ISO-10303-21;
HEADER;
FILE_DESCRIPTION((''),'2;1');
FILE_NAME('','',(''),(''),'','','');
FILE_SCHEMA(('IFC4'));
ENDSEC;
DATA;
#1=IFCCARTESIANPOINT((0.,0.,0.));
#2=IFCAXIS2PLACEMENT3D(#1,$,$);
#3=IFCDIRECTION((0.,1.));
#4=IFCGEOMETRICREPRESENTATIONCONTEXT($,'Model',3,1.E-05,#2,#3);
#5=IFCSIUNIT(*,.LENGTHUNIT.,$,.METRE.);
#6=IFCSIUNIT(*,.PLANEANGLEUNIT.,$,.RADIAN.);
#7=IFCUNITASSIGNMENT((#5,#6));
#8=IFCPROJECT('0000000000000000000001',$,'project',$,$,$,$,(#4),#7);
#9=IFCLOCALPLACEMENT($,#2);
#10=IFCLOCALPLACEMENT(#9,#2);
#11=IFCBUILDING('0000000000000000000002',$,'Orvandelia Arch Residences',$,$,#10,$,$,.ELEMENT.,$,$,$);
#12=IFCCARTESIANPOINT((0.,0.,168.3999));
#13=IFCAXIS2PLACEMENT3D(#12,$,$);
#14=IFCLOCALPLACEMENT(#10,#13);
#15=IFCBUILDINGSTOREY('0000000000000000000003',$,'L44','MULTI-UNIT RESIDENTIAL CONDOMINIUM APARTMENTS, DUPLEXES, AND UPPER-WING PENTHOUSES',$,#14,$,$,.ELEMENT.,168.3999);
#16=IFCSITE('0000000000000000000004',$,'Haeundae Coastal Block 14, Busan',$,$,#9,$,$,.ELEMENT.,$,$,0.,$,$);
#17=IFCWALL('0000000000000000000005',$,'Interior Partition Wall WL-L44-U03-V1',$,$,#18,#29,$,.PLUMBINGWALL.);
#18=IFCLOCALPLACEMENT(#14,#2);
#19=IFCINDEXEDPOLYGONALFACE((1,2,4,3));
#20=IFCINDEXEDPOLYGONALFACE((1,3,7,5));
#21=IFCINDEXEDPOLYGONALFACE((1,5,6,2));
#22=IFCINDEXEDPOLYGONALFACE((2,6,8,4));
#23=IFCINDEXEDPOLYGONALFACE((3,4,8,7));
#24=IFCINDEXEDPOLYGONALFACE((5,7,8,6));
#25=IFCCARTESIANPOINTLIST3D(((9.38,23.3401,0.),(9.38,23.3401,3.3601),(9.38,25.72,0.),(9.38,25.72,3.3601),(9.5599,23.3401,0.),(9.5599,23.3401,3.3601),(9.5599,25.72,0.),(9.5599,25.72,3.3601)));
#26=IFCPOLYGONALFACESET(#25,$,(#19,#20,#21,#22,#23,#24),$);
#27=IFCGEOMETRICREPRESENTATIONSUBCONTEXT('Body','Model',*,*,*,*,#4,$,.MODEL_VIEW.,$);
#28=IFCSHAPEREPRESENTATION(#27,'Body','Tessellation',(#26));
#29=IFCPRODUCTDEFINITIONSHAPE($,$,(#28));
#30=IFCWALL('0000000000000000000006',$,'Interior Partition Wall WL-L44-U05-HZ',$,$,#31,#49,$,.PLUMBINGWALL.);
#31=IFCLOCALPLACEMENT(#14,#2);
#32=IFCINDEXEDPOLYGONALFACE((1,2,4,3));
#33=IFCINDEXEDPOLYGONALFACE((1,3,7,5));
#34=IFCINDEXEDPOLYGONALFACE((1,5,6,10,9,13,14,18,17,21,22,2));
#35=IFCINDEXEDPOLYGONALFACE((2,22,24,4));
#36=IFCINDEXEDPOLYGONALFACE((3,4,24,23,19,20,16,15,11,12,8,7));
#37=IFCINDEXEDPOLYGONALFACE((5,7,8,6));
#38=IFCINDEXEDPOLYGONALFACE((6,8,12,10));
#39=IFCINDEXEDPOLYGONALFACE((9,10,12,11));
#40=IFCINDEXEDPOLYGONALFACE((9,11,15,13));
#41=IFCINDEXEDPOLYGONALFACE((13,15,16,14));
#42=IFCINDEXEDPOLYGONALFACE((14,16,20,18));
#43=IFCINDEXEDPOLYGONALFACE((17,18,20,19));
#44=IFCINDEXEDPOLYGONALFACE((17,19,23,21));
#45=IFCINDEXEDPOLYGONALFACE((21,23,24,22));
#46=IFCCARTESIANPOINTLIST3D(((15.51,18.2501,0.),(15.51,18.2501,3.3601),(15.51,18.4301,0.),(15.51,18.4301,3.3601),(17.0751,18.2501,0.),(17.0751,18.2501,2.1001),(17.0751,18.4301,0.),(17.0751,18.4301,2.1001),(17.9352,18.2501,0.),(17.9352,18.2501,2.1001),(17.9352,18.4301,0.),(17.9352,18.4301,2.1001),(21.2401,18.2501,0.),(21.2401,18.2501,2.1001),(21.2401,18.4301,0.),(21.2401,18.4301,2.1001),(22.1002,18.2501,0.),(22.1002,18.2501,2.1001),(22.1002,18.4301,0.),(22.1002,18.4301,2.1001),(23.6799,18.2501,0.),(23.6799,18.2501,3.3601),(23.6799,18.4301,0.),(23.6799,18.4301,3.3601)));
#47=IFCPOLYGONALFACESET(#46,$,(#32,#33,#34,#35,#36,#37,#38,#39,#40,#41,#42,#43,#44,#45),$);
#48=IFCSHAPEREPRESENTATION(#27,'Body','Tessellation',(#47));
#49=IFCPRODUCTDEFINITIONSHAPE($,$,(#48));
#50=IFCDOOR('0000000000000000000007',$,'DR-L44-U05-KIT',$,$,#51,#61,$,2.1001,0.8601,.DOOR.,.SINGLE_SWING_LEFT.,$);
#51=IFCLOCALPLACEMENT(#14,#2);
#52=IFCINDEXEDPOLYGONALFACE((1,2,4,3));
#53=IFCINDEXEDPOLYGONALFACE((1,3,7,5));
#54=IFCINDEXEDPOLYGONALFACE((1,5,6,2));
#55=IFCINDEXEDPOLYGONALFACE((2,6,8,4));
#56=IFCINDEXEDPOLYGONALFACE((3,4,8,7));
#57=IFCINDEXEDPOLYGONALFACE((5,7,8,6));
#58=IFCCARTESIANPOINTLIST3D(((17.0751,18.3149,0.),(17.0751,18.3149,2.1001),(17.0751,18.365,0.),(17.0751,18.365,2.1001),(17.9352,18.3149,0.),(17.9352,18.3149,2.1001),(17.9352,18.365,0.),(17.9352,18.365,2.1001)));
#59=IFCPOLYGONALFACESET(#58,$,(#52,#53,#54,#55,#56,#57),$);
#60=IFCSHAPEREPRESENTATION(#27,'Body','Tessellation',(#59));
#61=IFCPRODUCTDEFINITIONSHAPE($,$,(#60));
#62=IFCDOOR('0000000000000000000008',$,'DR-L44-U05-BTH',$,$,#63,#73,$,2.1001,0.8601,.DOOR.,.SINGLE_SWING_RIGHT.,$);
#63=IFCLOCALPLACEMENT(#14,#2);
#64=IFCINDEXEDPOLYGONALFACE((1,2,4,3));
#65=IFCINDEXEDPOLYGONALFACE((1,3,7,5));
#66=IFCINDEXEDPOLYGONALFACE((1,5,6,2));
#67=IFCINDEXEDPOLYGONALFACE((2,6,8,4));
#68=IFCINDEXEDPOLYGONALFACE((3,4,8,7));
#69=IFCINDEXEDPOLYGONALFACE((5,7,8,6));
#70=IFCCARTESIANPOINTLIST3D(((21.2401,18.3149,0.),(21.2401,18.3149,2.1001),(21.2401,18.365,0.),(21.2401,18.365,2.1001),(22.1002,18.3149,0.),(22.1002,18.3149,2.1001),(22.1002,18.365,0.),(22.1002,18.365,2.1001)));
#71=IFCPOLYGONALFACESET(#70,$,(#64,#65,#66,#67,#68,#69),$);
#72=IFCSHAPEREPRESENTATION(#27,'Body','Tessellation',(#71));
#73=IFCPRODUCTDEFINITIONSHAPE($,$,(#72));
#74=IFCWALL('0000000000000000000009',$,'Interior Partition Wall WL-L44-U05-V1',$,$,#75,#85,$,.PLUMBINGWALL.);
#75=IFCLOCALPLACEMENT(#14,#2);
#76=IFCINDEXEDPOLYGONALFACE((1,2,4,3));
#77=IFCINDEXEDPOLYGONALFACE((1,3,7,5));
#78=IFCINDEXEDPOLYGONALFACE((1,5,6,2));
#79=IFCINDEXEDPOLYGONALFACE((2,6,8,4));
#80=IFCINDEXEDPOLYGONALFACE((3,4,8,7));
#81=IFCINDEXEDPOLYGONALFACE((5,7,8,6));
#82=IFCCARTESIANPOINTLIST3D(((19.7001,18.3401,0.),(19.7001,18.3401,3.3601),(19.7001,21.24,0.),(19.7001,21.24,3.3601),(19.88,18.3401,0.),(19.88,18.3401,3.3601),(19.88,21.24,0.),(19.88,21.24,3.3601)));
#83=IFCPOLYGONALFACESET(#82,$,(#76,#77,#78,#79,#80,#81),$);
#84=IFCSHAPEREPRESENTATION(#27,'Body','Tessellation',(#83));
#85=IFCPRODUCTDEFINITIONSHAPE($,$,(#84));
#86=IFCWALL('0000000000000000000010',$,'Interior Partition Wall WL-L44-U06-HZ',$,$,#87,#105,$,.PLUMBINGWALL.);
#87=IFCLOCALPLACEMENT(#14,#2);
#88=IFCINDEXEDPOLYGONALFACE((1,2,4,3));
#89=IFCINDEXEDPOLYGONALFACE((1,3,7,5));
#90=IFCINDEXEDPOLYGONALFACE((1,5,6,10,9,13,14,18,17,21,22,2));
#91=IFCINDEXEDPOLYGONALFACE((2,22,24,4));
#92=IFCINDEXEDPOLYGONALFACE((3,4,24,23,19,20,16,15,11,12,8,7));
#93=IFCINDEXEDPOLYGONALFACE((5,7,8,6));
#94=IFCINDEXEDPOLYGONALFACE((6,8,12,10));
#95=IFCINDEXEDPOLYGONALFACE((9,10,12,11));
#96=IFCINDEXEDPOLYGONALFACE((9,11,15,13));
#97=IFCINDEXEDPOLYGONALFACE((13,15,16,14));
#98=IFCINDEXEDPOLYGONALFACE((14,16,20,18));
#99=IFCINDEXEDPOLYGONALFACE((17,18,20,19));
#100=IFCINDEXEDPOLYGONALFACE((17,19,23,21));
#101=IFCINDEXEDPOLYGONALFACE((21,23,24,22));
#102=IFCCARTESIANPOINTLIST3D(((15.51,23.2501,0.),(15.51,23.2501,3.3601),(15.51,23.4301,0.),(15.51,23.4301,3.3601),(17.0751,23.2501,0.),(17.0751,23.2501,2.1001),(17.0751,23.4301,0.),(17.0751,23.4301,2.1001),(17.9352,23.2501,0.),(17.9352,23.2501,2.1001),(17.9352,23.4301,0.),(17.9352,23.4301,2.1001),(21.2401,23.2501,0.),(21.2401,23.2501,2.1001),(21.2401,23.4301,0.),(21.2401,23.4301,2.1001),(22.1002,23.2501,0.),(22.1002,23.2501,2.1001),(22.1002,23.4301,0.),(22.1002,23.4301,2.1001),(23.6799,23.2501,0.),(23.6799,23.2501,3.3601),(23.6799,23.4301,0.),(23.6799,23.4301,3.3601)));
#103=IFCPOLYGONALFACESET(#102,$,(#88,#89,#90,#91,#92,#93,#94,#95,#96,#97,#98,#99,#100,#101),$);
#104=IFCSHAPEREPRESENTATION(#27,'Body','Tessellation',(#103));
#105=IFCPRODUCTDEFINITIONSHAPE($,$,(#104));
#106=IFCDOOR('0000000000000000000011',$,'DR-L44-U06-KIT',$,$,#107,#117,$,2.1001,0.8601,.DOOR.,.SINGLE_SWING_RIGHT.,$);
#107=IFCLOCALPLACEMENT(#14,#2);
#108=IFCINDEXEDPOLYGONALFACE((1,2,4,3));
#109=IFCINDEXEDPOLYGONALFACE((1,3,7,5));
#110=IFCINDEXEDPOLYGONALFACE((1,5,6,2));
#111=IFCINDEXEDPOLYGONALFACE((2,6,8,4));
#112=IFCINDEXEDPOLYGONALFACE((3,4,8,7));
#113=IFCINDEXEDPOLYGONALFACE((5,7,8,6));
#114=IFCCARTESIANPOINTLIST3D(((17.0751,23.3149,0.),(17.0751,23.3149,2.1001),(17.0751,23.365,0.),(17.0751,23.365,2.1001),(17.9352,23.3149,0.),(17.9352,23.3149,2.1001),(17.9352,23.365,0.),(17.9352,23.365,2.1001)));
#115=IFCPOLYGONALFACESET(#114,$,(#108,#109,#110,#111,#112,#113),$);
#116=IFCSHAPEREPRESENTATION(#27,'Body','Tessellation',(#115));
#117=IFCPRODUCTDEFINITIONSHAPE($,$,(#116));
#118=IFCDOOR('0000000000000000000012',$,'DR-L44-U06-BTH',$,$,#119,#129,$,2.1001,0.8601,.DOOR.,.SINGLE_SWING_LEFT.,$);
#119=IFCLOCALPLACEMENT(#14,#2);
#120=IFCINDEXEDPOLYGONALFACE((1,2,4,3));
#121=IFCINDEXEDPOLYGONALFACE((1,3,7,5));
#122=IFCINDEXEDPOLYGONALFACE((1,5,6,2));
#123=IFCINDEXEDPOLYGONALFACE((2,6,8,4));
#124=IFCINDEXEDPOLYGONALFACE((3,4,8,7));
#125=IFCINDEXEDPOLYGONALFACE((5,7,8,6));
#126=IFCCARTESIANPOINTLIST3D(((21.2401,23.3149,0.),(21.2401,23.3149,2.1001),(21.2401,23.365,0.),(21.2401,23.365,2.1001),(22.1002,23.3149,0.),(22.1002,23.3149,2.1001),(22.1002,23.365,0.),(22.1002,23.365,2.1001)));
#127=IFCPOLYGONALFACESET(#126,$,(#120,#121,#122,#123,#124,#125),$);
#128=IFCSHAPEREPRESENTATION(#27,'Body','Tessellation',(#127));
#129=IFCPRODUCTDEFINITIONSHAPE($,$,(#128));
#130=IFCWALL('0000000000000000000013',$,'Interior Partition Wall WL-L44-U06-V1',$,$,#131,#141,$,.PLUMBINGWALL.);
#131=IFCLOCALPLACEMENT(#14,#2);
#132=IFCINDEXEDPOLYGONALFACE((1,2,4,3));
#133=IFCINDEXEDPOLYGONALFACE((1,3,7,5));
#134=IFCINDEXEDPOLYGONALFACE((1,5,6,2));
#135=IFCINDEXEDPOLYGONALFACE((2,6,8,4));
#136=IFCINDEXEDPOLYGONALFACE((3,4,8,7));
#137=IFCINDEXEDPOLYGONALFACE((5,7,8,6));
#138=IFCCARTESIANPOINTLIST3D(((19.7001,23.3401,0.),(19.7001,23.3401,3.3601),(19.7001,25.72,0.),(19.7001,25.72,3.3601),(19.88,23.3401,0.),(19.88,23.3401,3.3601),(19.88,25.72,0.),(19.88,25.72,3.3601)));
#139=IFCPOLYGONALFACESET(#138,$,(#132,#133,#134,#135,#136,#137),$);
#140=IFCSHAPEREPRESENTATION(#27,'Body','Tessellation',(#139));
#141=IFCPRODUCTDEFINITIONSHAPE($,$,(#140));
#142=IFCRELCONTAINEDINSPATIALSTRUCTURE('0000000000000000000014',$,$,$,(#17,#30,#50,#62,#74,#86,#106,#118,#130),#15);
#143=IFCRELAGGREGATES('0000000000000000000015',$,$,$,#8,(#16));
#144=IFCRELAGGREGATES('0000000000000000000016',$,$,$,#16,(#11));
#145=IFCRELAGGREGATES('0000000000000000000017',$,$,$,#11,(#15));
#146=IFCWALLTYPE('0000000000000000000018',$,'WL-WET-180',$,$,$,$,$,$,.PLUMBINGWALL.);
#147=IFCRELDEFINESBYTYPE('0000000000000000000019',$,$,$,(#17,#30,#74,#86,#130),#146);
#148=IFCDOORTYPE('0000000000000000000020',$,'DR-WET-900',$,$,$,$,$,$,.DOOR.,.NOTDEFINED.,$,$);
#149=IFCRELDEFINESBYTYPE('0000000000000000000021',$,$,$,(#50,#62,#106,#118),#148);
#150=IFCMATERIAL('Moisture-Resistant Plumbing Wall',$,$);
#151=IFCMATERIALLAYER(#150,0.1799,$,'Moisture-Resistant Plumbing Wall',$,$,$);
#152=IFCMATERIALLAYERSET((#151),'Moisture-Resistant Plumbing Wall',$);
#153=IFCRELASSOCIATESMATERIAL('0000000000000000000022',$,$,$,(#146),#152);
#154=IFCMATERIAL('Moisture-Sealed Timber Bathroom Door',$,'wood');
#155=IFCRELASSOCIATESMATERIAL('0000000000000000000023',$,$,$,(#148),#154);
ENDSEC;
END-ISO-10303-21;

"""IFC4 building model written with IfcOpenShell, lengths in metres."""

from ifc_helpers import new_model, si_unit, direction, frame, frame_2d, origin, place, context, subcontext, project, spatial, rectangle, extrude, material, layer, layer_set, type_object, element, fill, save


model = new_model("IFC4")

# Units and contexts
model_context = context("Model", 3, precision=1e-05, world=origin(), true_north=direction((0.0, 1.0)))
body_context = subcontext(model_context, "Body", "Model", "MODEL_VIEW")
ifc_project = project(units=[si_unit("LENGTHUNIT", "METRE"), si_unit("PLANEANGLEUNIT", "RADIAN")], contexts=[model_context])

# Site, building, storey
site_placement = place(None, origin())
site = spatial("IfcSite", under=ifc_project, at=site_placement, Name="Haeundae Coastal Block 14, Busan", CompositionType="ELEMENT", RefElevation=0.0)
building_placement = place(site_placement, origin())
building = spatial("IfcBuilding", under=site, at=building_placement, Name="Orvandelia Arch Residences", CompositionType="ELEMENT")
storey_placement = place(building_placement, frame((0.0, 0.0, 168.3999)))
storey = spatial("IfcBuildingStorey", under=building, at=storey_placement, Name="L44", Description="MULTI-UNIT RESIDENTIAL CONDOMINIUM APARTMENTS, DUPLEXES, AND UPPER-WING PENTHOUSES", CompositionType="ELEMENT", Elevation=168.3999)

# Wall
ifc_material_1 = material(Name="Moisture-Resistant Plumbing Wall")
ifc_layer_1 = layer(ifc_material_1, 0.1799, Name="Moisture-Resistant Plumbing Wall")
ifc_layer_set_1 = layer_set([ifc_layer_1], Name="Moisture-Resistant Plumbing Wall")
wall_type_1 = type_object("IfcWallType", Name="WL-WET-180", PredefinedType="PLUMBINGWALL", material=ifc_layer_set_1)
wall_1_placement = place(storey_placement, frame((9.47, 23.3401, 0.0), z_axis=(0.0, 0.0, 1.0), x_axis=(0.0, 1.0, 0.0)))
element("IfcWall", 1, at=wall_1_placement, inside=storey, type_object=wall_type_1, Name="Interior Partition Wall WL-L44-U03-V1", PredefinedType="PLUMBINGWALL", context=body_context, shape_type="SweptSolid", body=[
    extrude(rectangle(XDim=2.3799, YDim=0.1799, at=frame_2d((1.1899, 0.0))), origin(), (0.0, 0.0, 1.0), 3.3601),
])

# Wall, openings, doors
wall_2_placement = place(storey_placement, frame((15.51, 18.3401, 0.0), z_axis=(0.0, 0.0, 1.0), x_axis=(1.0, 0.0, 0.0)))
wall_2 = element("IfcWall", 2, at=wall_2_placement, inside=storey, type_object=wall_type_1, Name="Interior Partition Wall WL-L44-U05-HZ", PredefinedType="PLUMBINGWALL", context=body_context, shape_type="SweptSolid", body=[
    extrude(rectangle(XDim=8.1699, YDim=0.1799, at=frame_2d((4.085, 0.0))), origin(), (0.0, 0.0, 1.0), 3.3601),
])
opening_1_placement = place(wall_2_placement, frame((1.5649, 0.0, 0.0)))
opening_1 = element("IfcOpeningElement", 3, at=opening_1_placement, cuts=wall_2, PredefinedType="OPENING", context=body_context, shape_type="SweptSolid", body=[
    extrude(rectangle(XDim=0.8601, YDim=2.1001, at=frame_2d((0.4302, 1.05))), frame((0.0, 0.1001, 0.0), z_axis=(0.0, -1.0, 0.0), x_axis=(1.0, 0.0, 0.0)), (0.0, 0.0, 1.0), 0.2),
])
opening_2_placement = place(wall_2_placement, frame((5.73, 0.0, 0.0)))
opening_2 = element("IfcOpeningElement", 4, at=opening_2_placement, cuts=wall_2, PredefinedType="OPENING", context=body_context, shape_type="SweptSolid", body=[
    extrude(rectangle(XDim=0.8601, YDim=2.1001, at=frame_2d((0.4302, 1.05))), frame((0.0, 0.1001, 0.0), z_axis=(0.0, -1.0, 0.0), x_axis=(1.0, 0.0, 0.0)), (0.0, 0.0, 1.0), 0.2),
])
ifc_material_2 = material(Name="Moisture-Sealed Timber Bathroom Door", Category="wood")
door_type_1 = type_object("IfcDoorType", Name="DR-WET-900", OperationType="NOTDEFINED", PredefinedType="DOOR", material=ifc_material_2)
door_1_placement = place(opening_1_placement, origin())
door_1 = element("IfcDoor", 5, at=door_1_placement, inside=storey, type_object=door_type_1, Name="DR-L44-U05-KIT", OperationType="SINGLE_SWING_LEFT", OverallHeight=2.1001, OverallWidth=0.8601, PredefinedType="DOOR", context=body_context, shape_type="SweptSolid", body=[
    extrude(rectangle(XDim=0.8601, YDim=2.1001, at=frame_2d((0.4302, 1.05))), frame((0.0, 0.0249, 0.0), z_axis=(0.0, -1.0, 0.0), x_axis=(1.0, 0.0, 0.0)), (0.0, 0.0, 1.0), 0.05),
])
fill(opening_1, door_1)
door_2_placement = place(opening_2_placement, origin())
door_2 = element("IfcDoor", 6, at=door_2_placement, inside=storey, type_object=door_type_1, Name="DR-L44-U05-BTH", OperationType="SINGLE_SWING_RIGHT", OverallHeight=2.1001, OverallWidth=0.8601, PredefinedType="DOOR", context=body_context, shape_type="SweptSolid", body=[
    extrude(rectangle(XDim=0.8601, YDim=2.1001, at=frame_2d((0.4302, 1.05))), frame((0.0, 0.0249, 0.0), z_axis=(0.0, -1.0, 0.0), x_axis=(1.0, 0.0, 0.0)), (0.0, 0.0, 1.0), 0.05),
])
fill(opening_2, door_2)

# Wall
wall_3_placement = place(storey_placement, frame((19.79, 18.3401, 0.0), z_axis=(0.0, 0.0, 1.0), x_axis=(0.0, 1.0, 0.0)))
element("IfcWall", 7, at=wall_3_placement, inside=storey, type_object=wall_type_1, Name="Interior Partition Wall WL-L44-U05-V1", PredefinedType="PLUMBINGWALL", context=body_context, shape_type="SweptSolid", body=[
    extrude(rectangle(XDim=2.8999, YDim=0.1799, at=frame_2d((1.45, 0.0))), origin(), (0.0, 0.0, 1.0), 3.3601),
])

# Wall, openings, doors
wall_4_placement = place(storey_placement, frame((15.51, 23.3401, 0.0), z_axis=(0.0, 0.0, 1.0), x_axis=(1.0, 0.0, 0.0)))
wall_4 = element("IfcWall", 8, at=wall_4_placement, inside=storey, type_object=wall_type_1, Name="Interior Partition Wall WL-L44-U06-HZ", PredefinedType="PLUMBINGWALL", context=body_context, shape_type="SweptSolid", body=[
    extrude(rectangle(XDim=8.1699, YDim=0.1799, at=frame_2d((4.085, 0.0))), origin(), (0.0, 0.0, 1.0), 3.3601),
])
opening_3_placement = place(wall_4_placement, frame((1.5649, 0.0, 0.0)))
opening_3 = element("IfcOpeningElement", 9, at=opening_3_placement, cuts=wall_4, PredefinedType="OPENING", context=body_context, shape_type="SweptSolid", body=[
    extrude(rectangle(XDim=0.8601, YDim=2.1001, at=frame_2d((0.4302, 1.05))), frame((0.0, 0.1001, 0.0), z_axis=(0.0, -1.0, 0.0), x_axis=(1.0, 0.0, 0.0)), (0.0, 0.0, 1.0), 0.2),
])
opening_4_placement = place(wall_4_placement, frame((5.73, 0.0, 0.0)))
opening_4 = element("IfcOpeningElement", 10, at=opening_4_placement, cuts=wall_4, PredefinedType="OPENING", context=body_context, shape_type="SweptSolid", body=[
    extrude(rectangle(XDim=0.8601, YDim=2.1001, at=frame_2d((0.4302, 1.05))), frame((0.0, 0.1001, 0.0), z_axis=(0.0, -1.0, 0.0), x_axis=(1.0, 0.0, 0.0)), (0.0, 0.0, 1.0), 0.2),
])
door_3_placement = place(opening_3_placement, origin())
door_3 = element("IfcDoor", 11, at=door_3_placement, inside=storey, type_object=door_type_1, Name="DR-L44-U06-KIT", OperationType="SINGLE_SWING_RIGHT", OverallHeight=2.1001, OverallWidth=0.8601, PredefinedType="DOOR", context=body_context, shape_type="SweptSolid", body=[
    extrude(rectangle(XDim=0.8601, YDim=2.1001, at=frame_2d((0.4302, 1.05))), frame((0.0, 0.0249, 0.0), z_axis=(0.0, -1.0, 0.0), x_axis=(1.0, 0.0, 0.0)), (0.0, 0.0, 1.0), 0.05),
])
fill(opening_3, door_3)
door_4_placement = place(opening_4_placement, origin())
door_4 = element("IfcDoor", 12, at=door_4_placement, inside=storey, type_object=door_type_1, Name="DR-L44-U06-BTH", OperationType="SINGLE_SWING_LEFT", OverallHeight=2.1001, OverallWidth=0.8601, PredefinedType="DOOR", context=body_context, shape_type="SweptSolid", body=[
    extrude(rectangle(XDim=0.8601, YDim=2.1001, at=frame_2d((0.4302, 1.05))), frame((0.0, 0.0249, 0.0), z_axis=(0.0, -1.0, 0.0), x_axis=(1.0, 0.0, 0.0)), (0.0, 0.0, 1.0), 0.05),
])
fill(opening_4, door_4)

# Wall
wall_5_placement = place(storey_placement, frame((19.79, 23.3401, 0.0), z_axis=(0.0, 0.0, 1.0), x_axis=(0.0, 1.0, 0.0)))
element("IfcWall", 13, at=wall_5_placement, inside=storey, type_object=wall_type_1, Name="Interior Partition Wall WL-L44-U06-V1", PredefinedType="PLUMBINGWALL", context=body_context, shape_type="SweptSolid", body=[
    extrude(rectangle(XDim=2.3799, YDim=0.1799, at=frame_2d((1.1899, 0.0))), origin(), (0.0, 0.0, 1.0), 3.3601),
])

save(model, "model.ifc")
